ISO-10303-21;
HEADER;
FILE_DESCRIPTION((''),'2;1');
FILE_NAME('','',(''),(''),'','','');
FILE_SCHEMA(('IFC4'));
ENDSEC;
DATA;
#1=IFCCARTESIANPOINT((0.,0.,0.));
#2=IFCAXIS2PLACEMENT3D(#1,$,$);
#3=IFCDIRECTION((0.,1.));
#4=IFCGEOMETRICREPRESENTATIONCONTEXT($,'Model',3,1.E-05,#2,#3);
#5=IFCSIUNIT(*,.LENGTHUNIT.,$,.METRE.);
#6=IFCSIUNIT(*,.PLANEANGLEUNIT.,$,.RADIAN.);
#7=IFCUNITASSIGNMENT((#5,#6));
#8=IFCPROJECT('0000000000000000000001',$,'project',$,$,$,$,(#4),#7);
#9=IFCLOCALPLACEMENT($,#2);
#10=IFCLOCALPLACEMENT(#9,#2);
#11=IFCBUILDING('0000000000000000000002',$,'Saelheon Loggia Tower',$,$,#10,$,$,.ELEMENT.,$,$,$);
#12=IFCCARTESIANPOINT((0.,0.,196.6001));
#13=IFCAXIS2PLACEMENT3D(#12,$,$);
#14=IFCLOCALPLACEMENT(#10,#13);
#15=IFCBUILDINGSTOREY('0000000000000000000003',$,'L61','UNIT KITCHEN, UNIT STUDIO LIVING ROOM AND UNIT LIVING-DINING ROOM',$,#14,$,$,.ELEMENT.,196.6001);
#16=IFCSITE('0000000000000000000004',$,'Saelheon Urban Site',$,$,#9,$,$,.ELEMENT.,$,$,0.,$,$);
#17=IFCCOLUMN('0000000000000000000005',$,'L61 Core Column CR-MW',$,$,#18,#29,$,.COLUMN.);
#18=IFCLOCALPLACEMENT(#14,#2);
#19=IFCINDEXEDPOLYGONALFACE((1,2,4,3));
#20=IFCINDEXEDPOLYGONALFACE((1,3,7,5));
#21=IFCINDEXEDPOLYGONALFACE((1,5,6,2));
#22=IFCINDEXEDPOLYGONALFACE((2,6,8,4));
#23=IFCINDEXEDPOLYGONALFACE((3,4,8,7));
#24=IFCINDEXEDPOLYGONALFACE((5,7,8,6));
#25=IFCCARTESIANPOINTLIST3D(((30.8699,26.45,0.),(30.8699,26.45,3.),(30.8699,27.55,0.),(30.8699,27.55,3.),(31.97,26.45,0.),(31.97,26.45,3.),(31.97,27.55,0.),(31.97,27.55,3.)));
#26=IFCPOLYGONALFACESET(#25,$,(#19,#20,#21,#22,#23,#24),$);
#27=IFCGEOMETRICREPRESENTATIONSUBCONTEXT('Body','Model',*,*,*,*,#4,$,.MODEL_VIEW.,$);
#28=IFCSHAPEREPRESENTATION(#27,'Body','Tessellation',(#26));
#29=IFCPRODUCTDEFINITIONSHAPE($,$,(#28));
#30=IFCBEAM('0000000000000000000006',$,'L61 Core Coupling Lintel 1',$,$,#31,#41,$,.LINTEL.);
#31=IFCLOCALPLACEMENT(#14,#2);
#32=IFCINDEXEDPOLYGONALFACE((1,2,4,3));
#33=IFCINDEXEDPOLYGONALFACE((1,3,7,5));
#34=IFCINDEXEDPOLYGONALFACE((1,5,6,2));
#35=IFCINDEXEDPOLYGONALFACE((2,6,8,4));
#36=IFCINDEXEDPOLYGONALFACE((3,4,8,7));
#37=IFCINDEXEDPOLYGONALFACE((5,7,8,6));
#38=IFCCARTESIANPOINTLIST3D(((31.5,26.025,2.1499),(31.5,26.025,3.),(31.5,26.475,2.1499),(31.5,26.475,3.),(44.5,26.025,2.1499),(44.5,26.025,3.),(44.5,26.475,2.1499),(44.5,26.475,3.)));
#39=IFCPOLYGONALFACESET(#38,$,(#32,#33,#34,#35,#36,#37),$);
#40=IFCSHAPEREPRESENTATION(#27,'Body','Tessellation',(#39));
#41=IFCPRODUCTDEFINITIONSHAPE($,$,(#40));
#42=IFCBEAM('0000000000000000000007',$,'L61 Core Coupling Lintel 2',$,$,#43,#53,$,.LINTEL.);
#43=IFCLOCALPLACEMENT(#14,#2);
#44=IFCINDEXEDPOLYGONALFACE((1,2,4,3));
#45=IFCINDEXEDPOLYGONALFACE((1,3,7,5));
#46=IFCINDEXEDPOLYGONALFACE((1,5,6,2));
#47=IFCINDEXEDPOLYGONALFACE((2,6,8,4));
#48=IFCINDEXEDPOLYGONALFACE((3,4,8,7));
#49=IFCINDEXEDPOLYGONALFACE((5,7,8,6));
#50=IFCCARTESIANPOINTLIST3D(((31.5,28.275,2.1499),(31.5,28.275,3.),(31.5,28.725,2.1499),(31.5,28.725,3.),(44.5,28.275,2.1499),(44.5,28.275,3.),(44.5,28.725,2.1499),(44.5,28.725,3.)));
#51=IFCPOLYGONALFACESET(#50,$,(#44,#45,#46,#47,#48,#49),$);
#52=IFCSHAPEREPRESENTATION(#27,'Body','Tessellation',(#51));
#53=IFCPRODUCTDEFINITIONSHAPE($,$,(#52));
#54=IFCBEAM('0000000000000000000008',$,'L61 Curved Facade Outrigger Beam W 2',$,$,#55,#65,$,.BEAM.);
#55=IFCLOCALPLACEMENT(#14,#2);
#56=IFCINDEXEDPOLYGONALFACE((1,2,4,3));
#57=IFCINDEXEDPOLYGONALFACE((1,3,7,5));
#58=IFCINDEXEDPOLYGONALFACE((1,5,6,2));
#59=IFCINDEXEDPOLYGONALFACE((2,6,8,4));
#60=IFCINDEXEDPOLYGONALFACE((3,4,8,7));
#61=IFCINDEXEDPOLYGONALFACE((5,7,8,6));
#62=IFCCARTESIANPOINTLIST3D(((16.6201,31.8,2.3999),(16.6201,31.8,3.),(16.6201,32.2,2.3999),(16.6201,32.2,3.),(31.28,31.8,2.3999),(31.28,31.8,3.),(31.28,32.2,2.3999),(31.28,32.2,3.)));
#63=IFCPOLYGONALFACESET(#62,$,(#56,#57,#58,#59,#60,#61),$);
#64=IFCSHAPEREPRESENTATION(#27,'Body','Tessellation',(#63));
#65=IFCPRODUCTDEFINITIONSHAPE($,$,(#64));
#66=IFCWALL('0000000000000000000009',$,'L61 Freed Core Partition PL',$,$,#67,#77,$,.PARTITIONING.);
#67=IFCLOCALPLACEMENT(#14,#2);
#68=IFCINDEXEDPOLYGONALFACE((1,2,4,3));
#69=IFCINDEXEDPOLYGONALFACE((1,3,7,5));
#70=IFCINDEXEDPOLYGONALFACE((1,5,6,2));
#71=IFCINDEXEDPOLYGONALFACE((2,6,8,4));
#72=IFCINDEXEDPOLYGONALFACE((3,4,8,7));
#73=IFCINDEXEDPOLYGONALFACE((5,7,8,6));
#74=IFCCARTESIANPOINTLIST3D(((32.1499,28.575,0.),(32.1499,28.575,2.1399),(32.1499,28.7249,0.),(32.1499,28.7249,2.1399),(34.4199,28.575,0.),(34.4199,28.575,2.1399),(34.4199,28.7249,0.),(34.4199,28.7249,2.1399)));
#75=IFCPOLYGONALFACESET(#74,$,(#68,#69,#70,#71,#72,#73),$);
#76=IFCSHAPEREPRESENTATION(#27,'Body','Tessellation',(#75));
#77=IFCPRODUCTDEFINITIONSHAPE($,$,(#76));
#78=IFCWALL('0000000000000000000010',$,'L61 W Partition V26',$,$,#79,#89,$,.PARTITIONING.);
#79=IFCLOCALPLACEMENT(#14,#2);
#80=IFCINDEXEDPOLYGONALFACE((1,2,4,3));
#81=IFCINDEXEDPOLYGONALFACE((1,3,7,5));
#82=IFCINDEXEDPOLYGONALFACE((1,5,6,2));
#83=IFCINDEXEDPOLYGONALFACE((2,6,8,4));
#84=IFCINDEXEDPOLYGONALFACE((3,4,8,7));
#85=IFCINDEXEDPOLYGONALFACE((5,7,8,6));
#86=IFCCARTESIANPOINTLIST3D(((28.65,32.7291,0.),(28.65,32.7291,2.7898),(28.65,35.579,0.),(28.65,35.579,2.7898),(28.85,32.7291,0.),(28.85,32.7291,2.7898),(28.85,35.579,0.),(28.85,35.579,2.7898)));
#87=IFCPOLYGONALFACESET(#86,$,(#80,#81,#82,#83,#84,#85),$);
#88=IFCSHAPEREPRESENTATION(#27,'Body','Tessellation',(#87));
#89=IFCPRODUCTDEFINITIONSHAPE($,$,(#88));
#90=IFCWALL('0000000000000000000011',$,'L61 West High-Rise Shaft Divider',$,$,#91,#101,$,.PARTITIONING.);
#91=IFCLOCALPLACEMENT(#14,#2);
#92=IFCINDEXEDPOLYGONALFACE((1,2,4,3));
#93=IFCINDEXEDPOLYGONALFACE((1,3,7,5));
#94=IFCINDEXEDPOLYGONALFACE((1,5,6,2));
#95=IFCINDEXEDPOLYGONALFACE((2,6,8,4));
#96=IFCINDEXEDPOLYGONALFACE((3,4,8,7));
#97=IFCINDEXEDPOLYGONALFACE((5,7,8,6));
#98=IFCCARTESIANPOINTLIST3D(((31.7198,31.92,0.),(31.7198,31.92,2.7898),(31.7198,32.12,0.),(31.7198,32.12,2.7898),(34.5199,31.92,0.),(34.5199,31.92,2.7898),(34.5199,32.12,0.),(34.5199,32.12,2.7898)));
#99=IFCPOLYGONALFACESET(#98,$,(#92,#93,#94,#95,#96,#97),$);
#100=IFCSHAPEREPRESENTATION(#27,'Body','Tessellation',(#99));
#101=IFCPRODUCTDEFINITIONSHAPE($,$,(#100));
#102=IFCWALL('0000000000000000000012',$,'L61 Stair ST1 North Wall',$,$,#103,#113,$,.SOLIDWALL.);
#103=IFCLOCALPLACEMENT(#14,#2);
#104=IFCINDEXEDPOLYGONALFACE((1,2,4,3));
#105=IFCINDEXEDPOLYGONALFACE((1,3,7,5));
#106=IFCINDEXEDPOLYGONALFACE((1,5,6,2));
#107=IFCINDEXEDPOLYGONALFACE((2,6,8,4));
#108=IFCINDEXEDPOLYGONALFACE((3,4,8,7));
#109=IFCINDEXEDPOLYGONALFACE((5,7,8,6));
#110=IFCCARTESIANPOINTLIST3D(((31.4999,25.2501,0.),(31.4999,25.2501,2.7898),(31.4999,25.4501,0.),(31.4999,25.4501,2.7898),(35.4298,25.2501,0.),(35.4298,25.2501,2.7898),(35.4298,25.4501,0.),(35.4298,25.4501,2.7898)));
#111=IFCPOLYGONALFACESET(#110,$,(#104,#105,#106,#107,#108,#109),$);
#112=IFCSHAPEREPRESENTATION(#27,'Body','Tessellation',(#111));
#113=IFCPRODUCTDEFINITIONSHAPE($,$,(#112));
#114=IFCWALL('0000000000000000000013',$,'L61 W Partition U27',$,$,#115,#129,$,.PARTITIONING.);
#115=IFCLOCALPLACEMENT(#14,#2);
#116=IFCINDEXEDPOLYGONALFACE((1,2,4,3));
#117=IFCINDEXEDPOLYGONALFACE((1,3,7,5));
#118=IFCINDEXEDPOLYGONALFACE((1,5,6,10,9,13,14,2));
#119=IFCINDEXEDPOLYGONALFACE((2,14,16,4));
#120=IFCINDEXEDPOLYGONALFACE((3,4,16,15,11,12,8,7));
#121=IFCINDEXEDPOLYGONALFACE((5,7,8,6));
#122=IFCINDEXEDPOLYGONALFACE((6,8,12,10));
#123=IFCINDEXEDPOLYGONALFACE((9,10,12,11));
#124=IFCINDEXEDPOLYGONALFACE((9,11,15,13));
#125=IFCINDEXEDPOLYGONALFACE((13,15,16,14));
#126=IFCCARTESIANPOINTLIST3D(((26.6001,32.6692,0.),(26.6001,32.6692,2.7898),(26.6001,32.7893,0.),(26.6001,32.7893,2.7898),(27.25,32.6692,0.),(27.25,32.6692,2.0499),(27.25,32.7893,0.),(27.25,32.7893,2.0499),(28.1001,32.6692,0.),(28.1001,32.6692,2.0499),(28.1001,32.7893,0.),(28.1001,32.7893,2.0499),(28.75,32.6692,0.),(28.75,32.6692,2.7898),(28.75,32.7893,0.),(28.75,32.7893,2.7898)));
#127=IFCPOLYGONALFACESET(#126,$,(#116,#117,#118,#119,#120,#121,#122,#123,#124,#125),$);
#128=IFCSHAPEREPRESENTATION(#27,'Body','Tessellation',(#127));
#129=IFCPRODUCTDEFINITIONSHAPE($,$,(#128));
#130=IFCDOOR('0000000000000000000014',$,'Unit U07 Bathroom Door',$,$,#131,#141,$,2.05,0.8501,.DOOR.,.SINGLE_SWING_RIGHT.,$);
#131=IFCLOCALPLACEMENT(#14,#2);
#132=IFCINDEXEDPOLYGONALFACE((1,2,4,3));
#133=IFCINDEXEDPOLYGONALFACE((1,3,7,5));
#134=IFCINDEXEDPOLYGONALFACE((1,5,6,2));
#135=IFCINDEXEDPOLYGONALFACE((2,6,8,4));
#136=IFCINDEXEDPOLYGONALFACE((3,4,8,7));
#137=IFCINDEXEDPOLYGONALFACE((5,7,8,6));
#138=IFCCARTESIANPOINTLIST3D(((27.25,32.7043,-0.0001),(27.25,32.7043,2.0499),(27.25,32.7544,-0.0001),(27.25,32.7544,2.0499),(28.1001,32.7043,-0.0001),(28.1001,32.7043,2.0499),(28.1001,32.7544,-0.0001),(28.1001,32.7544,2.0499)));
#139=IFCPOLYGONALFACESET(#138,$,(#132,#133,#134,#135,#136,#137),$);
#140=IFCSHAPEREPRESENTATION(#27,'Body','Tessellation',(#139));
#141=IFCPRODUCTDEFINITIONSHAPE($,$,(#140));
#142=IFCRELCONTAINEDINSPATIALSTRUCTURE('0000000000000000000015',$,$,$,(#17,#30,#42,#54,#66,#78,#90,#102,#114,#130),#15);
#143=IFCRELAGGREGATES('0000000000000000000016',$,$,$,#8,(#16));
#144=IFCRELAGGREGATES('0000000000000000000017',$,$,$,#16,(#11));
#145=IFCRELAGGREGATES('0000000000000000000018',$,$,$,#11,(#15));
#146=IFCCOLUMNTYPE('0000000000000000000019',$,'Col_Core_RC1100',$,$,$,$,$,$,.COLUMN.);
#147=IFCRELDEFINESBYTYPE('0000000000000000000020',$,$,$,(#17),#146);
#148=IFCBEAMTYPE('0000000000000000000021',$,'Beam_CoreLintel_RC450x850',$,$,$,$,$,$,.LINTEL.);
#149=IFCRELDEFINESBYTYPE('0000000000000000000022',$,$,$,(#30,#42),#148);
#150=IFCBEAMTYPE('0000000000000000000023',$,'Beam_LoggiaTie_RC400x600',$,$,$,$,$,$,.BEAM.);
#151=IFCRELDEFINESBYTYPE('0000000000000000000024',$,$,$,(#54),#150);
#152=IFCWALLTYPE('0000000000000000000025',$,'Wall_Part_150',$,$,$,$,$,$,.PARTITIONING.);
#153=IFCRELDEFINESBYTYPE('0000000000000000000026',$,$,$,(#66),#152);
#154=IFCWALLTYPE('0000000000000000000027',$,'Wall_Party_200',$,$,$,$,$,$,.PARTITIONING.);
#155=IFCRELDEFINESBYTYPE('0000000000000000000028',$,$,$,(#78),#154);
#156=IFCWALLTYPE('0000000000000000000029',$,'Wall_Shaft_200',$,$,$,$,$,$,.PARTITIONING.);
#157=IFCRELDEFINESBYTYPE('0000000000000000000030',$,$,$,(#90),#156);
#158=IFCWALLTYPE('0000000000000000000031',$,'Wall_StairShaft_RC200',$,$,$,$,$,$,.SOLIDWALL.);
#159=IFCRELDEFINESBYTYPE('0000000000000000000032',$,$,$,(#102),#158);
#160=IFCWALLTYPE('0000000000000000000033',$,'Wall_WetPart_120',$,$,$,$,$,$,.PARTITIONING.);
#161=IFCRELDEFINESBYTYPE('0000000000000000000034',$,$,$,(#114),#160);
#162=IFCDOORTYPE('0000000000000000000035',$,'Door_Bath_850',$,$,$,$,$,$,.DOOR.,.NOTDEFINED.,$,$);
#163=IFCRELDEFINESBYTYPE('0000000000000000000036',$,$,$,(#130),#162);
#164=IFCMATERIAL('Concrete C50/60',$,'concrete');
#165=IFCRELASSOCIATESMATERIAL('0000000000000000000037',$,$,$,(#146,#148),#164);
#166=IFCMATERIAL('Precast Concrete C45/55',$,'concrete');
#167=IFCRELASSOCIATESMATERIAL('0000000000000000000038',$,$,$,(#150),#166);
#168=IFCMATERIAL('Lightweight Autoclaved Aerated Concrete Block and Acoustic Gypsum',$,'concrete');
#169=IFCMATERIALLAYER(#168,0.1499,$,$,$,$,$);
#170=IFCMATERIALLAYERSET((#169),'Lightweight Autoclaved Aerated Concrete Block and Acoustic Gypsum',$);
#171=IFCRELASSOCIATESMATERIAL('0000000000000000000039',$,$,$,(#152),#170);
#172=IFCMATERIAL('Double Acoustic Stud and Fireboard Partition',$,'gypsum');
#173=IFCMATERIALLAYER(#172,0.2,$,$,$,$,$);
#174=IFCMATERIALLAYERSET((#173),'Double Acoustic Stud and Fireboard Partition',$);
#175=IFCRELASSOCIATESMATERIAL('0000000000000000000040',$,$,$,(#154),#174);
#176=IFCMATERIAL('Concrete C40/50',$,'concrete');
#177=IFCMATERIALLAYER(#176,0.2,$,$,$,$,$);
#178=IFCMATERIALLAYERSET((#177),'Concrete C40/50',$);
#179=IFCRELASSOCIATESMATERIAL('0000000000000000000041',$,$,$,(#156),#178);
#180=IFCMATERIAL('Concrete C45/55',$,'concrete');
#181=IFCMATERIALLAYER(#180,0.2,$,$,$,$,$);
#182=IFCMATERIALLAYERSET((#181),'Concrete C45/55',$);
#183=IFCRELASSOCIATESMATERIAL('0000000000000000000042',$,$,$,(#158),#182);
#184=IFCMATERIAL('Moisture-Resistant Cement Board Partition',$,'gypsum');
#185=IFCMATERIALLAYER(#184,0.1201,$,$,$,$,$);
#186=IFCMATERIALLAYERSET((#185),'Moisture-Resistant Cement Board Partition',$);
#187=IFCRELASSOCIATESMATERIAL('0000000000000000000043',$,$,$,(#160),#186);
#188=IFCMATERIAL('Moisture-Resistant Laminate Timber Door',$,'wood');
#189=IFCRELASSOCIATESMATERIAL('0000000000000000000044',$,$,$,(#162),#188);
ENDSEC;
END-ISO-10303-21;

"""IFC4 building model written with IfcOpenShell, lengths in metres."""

from ifc_helpers import new_model, si_unit, direction, frame, frame_2d, origin, origin_2d, place, context, subcontext, project, spatial, rectangle, extrude, source, transform, mapped, material, layer, layer_set, material_profile, profile_set, type_object, element, fill, save


model = new_model("IFC4")

# Units and contexts
model_context = context("Model", 3, precision=1e-05, world=origin(), true_north=direction((0.0, 1.0)))
body_context = subcontext(model_context, "Body", "Model", "MODEL_VIEW")
ifc_project = project(units=[si_unit("LENGTHUNIT", "METRE"), si_unit("PLANEANGLEUNIT", "RADIAN")], contexts=[model_context])

# Site, building, storey
site_placement = place(None, origin())
site = spatial("IfcSite", under=ifc_project, at=site_placement, Name="Saelheon Urban Site", CompositionType="ELEMENT", RefElevation=0.0)
building_placement = place(site_placement, origin())
building = spatial("IfcBuilding", under=site, at=building_placement, Name="Saelheon Loggia Tower", CompositionType="ELEMENT")
storey_placement = place(building_placement, frame((0.0, 0.0, 196.6001)))
storey = spatial("IfcBuildingStorey", under=building, at=storey_placement, Name="L61", Description="UNIT KITCHEN, UNIT STUDIO LIVING ROOM AND UNIT LIVING-DINING ROOM", CompositionType="ELEMENT", Elevation=196.6001)

# Column
ifc_material_1 = material(Name="Concrete C50/60", Category="concrete")
ifc_material_profile_1 = material_profile(ifc_material_1, rectangle(XDim=1.1001, YDim=1.1001, at=origin_2d()), Name="RC-1100x1100")
ifc_profile_set_1 = profile_set([ifc_material_profile_1], Name="Concrete C50/60")
column_type = type_object("IfcColumnType", Name="Col_Core_RC1100", PredefinedType="COLUMN", material=ifc_profile_set_1)
shared_shape_1 = source(origin(), body_context, "Body", "SweptSolid", [
    extrude(rectangle(XDim=1.1001, YDim=1.1001, at=origin_2d()), origin(), (0.0, 0.0, 1.0), 3.0),
])
column_placement = place(storey_placement, frame((31.4199, 27.0, 0.0), z_axis=(0.0, 0.0, 1.0), x_axis=(1.0, 0.0, 0.0)))
element("IfcColumn", 1, at=column_placement, inside=storey, type_object=column_type, Name="L61 Core Column CR-MW", PredefinedType="COLUMN", context=body_context, shape_type="MappedRepresentation", body=[
    mapped(shared_shape_1, transform((0.0, 0.0, 0.0), scale=1.0)),
])

# Beams
ifc_material_profile_2 = material_profile(ifc_material_1, rectangle(XDim=0.45, YDim=0.8501, at=origin_2d()), Name="RC-450x850")
ifc_profile_set_2 = profile_set([ifc_material_profile_2], Name="Concrete C50/60")
beam_type_1 = type_object("IfcBeamType", Name="Beam_CoreLintel_RC450x850", PredefinedType="LINTEL", material=ifc_profile_set_2)
shared_shape_2 = source(origin(), body_context, "Body", "SweptSolid", [
    extrude(rectangle(XDim=0.45, YDim=0.8501, at=origin_2d()), origin(), (0.0, 0.0, 1.0), 13.0),
])
for number, where, z_axis, x_axis, name in (
    (2, (31.5, 26.25, 2.575), (1.0, 0.0, 0.0), (0.0, 1.0, 0.0), "L61 Core Coupling Lintel 1"),
    (3, (31.5, 28.5, 2.575), (1.0, 0.0, 0.0), (0.0, 1.0, 0.0), "L61 Core Coupling Lintel 2"),
):
    element("IfcBeam", number, at=place(storey_placement, frame(where, z_axis=z_axis, x_axis=x_axis)), inside=storey, type_object=beam_type_1, Name=name, PredefinedType="LINTEL", context=body_context, shape_type="MappedRepresentation", body=[
        mapped(shared_shape_2, transform((0.0, 0.0, 0.0), scale=1.0)),
    ])
ifc_material_2 = material(Name="Precast Concrete C45/55", Category="concrete")
ifc_material_profile_3 = material_profile(ifc_material_2, rectangle(XDim=0.3999, YDim=0.6001, at=origin_2d()), Name="RC-400x600")
ifc_profile_set_3 = profile_set([ifc_material_profile_3], Name="Precast Concrete C45/55")
beam_type_2 = type_object("IfcBeamType", Name="Beam_LoggiaTie_RC400x600", PredefinedType="BEAM", material=ifc_profile_set_3)
shared_shape_3 = source(origin(), body_context, "Body", "SweptSolid", [
    extrude(rectangle(XDim=0.3999, YDim=0.6001, at=origin_2d()), origin(), (0.0, 0.0, 1.0), 14.6599),
])
beam_placement = place(storey_placement, frame((31.28, 32.0, 2.7), z_axis=(-1.0, 0.0, 0.0), x_axis=(0.0, -1.0, 0.0)))
element("IfcBeam", 4, at=beam_placement, inside=storey, type_object=beam_type_2, Name="L61 Curved Facade Outrigger Beam W 2", PredefinedType="BEAM", context=body_context, shape_type="MappedRepresentation", body=[
    mapped(shared_shape_3, transform((0.0, 0.0, 0.0), scale=1.0)),
])

# Wall
ifc_material_3 = material(Name="Lightweight Autoclaved Aerated Concrete Block and Acoustic Gypsum", Category="concrete")
ifc_layer_1 = layer(ifc_material_3, 0.1499)
ifc_layer_set_1 = layer_set([ifc_layer_1], Name="Lightweight Autoclaved Aerated Concrete Block and Acoustic Gypsum")
wall_type_1 = type_object("IfcWallType", Name="Wall_Part_150", PredefinedType="PARTITIONING", material=ifc_layer_set_1)
wall_1_placement = place(storey_placement, frame((32.1499, 28.6499, 0.0), z_axis=(0.0, 0.0, 1.0), x_axis=(1.0, 0.0, 0.0)))
element("IfcWall", 5, at=wall_1_placement, inside=storey, type_object=wall_type_1, Name="L61 Freed Core Partition PL", PredefinedType="PARTITIONING", context=body_context, shape_type="SweptSolid", body=[
    extrude(rectangle(XDim=2.27, YDim=0.1499, at=frame_2d((1.135, 0.0))), origin(), (0.0, 0.0, 1.0), 2.1399),
])

# Shared definitions
ifc_material_4 = material(Name="Double Acoustic Stud and Fireboard Partition", Category="gypsum")
ifc_layer_2 = layer(ifc_material_4, 0.2)
ifc_layer_set_2 = layer_set([ifc_layer_2], Name="Double Acoustic Stud and Fireboard Partition")
wall_type_2 = type_object("IfcWallType", Name="Wall_Party_200", PredefinedType="PARTITIONING", material=ifc_layer_set_2)

# Walls
wall_2_placement = place(storey_placement, frame((28.75, 32.7292, 0.0), z_axis=(0.0, 0.0, 1.0), x_axis=(0.0, 1.0, 0.0)))
element("IfcWall", 6, at=wall_2_placement, inside=storey, type_object=wall_type_2, Name="L61 W Partition V26", PredefinedType="PARTITIONING", context=body_context, shape_type="SweptSolid", body=[
    extrude(rectangle(XDim=2.8499, YDim=0.2, at=frame_2d((1.4248, 0.0))), origin(), (0.0, 0.0, 1.0), 2.7898),
])
ifc_material_5 = material(Name="Concrete C40/50", Category="concrete")
ifc_layer_3 = layer(ifc_material_5, 0.2)
ifc_layer_set_3 = layer_set([ifc_layer_3], Name="Concrete C40/50")
wall_type_3 = type_object("IfcWallType", Name="Wall_Shaft_200", PredefinedType="PARTITIONING", material=ifc_layer_set_3)
wall_3_placement = place(storey_placement, frame((31.72, 32.02, 0.0), z_axis=(0.0, 0.0, 1.0), x_axis=(1.0, 0.0, 0.0)))
element("IfcWall", 7, at=wall_3_placement, inside=storey, type_object=wall_type_3, Name="L61 West High-Rise Shaft Divider", PredefinedType="PARTITIONING", context=body_context, shape_type="SweptSolid", body=[
    extrude(rectangle(XDim=2.8, YDim=0.2, at=frame_2d((1.3999, 0.0))), origin(), (0.0, 0.0, 1.0), 2.7898),
])
ifc_material_6 = material(Name="Concrete C45/55", Category="concrete")
ifc_layer_4 = layer(ifc_material_6, 0.2)
ifc_layer_set_4 = layer_set([ifc_layer_4], Name="Concrete C45/55")
wall_type_4 = type_object("IfcWallType", Name="Wall_StairShaft_RC200", PredefinedType="SOLIDWALL", material=ifc_layer_set_4)
wall_4_placement = place(storey_placement, frame((31.5, 25.3501, 0.0), z_axis=(0.0, 0.0, 1.0), x_axis=(1.0, 0.0, 0.0)))
element("IfcWall", 8, at=wall_4_placement, inside=storey, type_object=wall_type_4, Name="L61 Stair ST1 North Wall", PredefinedType="SOLIDWALL", context=body_context, shape_type="SweptSolid", body=[
    extrude(rectangle(XDim=3.9299, YDim=0.2, at=frame_2d((1.9648, 0.0))), origin(), (0.0, 0.0, 1.0), 2.7898),
])

# Wall, opening, door
ifc_material_7 = material(Name="Moisture-Resistant Cement Board Partition", Category="gypsum")
ifc_layer_5 = layer(ifc_material_7, 0.1201)
ifc_layer_set_5 = layer_set([ifc_layer_5], Name="Moisture-Resistant Cement Board Partition")
wall_type_5 = type_object("IfcWallType", Name="Wall_WetPart_120", PredefinedType="PARTITIONING", material=ifc_layer_set_5)
wall_5_placement = place(storey_placement, frame((28.75, 32.7292, 0.0), z_axis=(0.0, 0.0, 1.0), x_axis=(-1.0, 0.0, 0.0)))
wall_5 = element("IfcWall", 9, at=wall_5_placement, inside=storey, type_object=wall_type_5, Name="L61 W Partition U27", PredefinedType="PARTITIONING", context=body_context, shape_type="SweptSolid", body=[
    extrude(rectangle(XDim=2.1499, YDim=0.1201, at=frame_2d((1.075, 0.0))), origin(), (0.0, 0.0, 1.0), 2.7898),
])
opening_1_placement = place(wall_5_placement, frame((0.6499, 0.0, 0.0)))
opening_1 = element("IfcOpeningElement", 10, at=opening_1_placement, cuts=wall_5, PredefinedType="OPENING", context=body_context, shape_type="SweptSolid", body=[
    extrude(rectangle(XDim=0.8501, YDim=2.05, at=frame_2d((0.425, 1.0249))), frame((0.0, 0.072, 0.0), z_axis=(0.0, -1.0, 0.0), x_axis=(1.0, 0.0, 0.0)), (0.0, 0.0, 1.0), 0.144),
])
ifc_material_8 = material(Name="Moisture-Resistant Laminate Timber Door", Category="wood")
door_type_1 = type_object("IfcDoorType", Name="Door_Bath_850", OperationType="NOTDEFINED", PredefinedType="DOOR", material=ifc_material_8)
shared_shape_4 = source(origin(), body_context, "Body", "SweptSolid", [
    extrude(rectangle(XDim=0.8501, YDim=2.05, at=frame_2d((0.425, 1.0249))), frame((0.0, 0.0249, 0.0), z_axis=(0.0, -1.0, 0.0), x_axis=(1.0, 0.0, 0.0)), (0.0, 0.0, 1.0), 0.05),
])
door_1_placement = place(opening_1_placement, origin())
door_1 = element("IfcDoor", 11, at=door_1_placement, inside=storey, type_object=door_type_1, Name="Unit U07 Bathroom Door", OperationType="SINGLE_SWING_RIGHT", OverallHeight=2.05, OverallWidth=0.8501, PredefinedType="DOOR", context=body_context, shape_type="MappedRepresentation", body=[
    mapped(shared_shape_4, transform((0.0, 0.0, 0.0), scale=1.0)),
])
fill(opening_1, door_1)

save(model, "model.ifc")
